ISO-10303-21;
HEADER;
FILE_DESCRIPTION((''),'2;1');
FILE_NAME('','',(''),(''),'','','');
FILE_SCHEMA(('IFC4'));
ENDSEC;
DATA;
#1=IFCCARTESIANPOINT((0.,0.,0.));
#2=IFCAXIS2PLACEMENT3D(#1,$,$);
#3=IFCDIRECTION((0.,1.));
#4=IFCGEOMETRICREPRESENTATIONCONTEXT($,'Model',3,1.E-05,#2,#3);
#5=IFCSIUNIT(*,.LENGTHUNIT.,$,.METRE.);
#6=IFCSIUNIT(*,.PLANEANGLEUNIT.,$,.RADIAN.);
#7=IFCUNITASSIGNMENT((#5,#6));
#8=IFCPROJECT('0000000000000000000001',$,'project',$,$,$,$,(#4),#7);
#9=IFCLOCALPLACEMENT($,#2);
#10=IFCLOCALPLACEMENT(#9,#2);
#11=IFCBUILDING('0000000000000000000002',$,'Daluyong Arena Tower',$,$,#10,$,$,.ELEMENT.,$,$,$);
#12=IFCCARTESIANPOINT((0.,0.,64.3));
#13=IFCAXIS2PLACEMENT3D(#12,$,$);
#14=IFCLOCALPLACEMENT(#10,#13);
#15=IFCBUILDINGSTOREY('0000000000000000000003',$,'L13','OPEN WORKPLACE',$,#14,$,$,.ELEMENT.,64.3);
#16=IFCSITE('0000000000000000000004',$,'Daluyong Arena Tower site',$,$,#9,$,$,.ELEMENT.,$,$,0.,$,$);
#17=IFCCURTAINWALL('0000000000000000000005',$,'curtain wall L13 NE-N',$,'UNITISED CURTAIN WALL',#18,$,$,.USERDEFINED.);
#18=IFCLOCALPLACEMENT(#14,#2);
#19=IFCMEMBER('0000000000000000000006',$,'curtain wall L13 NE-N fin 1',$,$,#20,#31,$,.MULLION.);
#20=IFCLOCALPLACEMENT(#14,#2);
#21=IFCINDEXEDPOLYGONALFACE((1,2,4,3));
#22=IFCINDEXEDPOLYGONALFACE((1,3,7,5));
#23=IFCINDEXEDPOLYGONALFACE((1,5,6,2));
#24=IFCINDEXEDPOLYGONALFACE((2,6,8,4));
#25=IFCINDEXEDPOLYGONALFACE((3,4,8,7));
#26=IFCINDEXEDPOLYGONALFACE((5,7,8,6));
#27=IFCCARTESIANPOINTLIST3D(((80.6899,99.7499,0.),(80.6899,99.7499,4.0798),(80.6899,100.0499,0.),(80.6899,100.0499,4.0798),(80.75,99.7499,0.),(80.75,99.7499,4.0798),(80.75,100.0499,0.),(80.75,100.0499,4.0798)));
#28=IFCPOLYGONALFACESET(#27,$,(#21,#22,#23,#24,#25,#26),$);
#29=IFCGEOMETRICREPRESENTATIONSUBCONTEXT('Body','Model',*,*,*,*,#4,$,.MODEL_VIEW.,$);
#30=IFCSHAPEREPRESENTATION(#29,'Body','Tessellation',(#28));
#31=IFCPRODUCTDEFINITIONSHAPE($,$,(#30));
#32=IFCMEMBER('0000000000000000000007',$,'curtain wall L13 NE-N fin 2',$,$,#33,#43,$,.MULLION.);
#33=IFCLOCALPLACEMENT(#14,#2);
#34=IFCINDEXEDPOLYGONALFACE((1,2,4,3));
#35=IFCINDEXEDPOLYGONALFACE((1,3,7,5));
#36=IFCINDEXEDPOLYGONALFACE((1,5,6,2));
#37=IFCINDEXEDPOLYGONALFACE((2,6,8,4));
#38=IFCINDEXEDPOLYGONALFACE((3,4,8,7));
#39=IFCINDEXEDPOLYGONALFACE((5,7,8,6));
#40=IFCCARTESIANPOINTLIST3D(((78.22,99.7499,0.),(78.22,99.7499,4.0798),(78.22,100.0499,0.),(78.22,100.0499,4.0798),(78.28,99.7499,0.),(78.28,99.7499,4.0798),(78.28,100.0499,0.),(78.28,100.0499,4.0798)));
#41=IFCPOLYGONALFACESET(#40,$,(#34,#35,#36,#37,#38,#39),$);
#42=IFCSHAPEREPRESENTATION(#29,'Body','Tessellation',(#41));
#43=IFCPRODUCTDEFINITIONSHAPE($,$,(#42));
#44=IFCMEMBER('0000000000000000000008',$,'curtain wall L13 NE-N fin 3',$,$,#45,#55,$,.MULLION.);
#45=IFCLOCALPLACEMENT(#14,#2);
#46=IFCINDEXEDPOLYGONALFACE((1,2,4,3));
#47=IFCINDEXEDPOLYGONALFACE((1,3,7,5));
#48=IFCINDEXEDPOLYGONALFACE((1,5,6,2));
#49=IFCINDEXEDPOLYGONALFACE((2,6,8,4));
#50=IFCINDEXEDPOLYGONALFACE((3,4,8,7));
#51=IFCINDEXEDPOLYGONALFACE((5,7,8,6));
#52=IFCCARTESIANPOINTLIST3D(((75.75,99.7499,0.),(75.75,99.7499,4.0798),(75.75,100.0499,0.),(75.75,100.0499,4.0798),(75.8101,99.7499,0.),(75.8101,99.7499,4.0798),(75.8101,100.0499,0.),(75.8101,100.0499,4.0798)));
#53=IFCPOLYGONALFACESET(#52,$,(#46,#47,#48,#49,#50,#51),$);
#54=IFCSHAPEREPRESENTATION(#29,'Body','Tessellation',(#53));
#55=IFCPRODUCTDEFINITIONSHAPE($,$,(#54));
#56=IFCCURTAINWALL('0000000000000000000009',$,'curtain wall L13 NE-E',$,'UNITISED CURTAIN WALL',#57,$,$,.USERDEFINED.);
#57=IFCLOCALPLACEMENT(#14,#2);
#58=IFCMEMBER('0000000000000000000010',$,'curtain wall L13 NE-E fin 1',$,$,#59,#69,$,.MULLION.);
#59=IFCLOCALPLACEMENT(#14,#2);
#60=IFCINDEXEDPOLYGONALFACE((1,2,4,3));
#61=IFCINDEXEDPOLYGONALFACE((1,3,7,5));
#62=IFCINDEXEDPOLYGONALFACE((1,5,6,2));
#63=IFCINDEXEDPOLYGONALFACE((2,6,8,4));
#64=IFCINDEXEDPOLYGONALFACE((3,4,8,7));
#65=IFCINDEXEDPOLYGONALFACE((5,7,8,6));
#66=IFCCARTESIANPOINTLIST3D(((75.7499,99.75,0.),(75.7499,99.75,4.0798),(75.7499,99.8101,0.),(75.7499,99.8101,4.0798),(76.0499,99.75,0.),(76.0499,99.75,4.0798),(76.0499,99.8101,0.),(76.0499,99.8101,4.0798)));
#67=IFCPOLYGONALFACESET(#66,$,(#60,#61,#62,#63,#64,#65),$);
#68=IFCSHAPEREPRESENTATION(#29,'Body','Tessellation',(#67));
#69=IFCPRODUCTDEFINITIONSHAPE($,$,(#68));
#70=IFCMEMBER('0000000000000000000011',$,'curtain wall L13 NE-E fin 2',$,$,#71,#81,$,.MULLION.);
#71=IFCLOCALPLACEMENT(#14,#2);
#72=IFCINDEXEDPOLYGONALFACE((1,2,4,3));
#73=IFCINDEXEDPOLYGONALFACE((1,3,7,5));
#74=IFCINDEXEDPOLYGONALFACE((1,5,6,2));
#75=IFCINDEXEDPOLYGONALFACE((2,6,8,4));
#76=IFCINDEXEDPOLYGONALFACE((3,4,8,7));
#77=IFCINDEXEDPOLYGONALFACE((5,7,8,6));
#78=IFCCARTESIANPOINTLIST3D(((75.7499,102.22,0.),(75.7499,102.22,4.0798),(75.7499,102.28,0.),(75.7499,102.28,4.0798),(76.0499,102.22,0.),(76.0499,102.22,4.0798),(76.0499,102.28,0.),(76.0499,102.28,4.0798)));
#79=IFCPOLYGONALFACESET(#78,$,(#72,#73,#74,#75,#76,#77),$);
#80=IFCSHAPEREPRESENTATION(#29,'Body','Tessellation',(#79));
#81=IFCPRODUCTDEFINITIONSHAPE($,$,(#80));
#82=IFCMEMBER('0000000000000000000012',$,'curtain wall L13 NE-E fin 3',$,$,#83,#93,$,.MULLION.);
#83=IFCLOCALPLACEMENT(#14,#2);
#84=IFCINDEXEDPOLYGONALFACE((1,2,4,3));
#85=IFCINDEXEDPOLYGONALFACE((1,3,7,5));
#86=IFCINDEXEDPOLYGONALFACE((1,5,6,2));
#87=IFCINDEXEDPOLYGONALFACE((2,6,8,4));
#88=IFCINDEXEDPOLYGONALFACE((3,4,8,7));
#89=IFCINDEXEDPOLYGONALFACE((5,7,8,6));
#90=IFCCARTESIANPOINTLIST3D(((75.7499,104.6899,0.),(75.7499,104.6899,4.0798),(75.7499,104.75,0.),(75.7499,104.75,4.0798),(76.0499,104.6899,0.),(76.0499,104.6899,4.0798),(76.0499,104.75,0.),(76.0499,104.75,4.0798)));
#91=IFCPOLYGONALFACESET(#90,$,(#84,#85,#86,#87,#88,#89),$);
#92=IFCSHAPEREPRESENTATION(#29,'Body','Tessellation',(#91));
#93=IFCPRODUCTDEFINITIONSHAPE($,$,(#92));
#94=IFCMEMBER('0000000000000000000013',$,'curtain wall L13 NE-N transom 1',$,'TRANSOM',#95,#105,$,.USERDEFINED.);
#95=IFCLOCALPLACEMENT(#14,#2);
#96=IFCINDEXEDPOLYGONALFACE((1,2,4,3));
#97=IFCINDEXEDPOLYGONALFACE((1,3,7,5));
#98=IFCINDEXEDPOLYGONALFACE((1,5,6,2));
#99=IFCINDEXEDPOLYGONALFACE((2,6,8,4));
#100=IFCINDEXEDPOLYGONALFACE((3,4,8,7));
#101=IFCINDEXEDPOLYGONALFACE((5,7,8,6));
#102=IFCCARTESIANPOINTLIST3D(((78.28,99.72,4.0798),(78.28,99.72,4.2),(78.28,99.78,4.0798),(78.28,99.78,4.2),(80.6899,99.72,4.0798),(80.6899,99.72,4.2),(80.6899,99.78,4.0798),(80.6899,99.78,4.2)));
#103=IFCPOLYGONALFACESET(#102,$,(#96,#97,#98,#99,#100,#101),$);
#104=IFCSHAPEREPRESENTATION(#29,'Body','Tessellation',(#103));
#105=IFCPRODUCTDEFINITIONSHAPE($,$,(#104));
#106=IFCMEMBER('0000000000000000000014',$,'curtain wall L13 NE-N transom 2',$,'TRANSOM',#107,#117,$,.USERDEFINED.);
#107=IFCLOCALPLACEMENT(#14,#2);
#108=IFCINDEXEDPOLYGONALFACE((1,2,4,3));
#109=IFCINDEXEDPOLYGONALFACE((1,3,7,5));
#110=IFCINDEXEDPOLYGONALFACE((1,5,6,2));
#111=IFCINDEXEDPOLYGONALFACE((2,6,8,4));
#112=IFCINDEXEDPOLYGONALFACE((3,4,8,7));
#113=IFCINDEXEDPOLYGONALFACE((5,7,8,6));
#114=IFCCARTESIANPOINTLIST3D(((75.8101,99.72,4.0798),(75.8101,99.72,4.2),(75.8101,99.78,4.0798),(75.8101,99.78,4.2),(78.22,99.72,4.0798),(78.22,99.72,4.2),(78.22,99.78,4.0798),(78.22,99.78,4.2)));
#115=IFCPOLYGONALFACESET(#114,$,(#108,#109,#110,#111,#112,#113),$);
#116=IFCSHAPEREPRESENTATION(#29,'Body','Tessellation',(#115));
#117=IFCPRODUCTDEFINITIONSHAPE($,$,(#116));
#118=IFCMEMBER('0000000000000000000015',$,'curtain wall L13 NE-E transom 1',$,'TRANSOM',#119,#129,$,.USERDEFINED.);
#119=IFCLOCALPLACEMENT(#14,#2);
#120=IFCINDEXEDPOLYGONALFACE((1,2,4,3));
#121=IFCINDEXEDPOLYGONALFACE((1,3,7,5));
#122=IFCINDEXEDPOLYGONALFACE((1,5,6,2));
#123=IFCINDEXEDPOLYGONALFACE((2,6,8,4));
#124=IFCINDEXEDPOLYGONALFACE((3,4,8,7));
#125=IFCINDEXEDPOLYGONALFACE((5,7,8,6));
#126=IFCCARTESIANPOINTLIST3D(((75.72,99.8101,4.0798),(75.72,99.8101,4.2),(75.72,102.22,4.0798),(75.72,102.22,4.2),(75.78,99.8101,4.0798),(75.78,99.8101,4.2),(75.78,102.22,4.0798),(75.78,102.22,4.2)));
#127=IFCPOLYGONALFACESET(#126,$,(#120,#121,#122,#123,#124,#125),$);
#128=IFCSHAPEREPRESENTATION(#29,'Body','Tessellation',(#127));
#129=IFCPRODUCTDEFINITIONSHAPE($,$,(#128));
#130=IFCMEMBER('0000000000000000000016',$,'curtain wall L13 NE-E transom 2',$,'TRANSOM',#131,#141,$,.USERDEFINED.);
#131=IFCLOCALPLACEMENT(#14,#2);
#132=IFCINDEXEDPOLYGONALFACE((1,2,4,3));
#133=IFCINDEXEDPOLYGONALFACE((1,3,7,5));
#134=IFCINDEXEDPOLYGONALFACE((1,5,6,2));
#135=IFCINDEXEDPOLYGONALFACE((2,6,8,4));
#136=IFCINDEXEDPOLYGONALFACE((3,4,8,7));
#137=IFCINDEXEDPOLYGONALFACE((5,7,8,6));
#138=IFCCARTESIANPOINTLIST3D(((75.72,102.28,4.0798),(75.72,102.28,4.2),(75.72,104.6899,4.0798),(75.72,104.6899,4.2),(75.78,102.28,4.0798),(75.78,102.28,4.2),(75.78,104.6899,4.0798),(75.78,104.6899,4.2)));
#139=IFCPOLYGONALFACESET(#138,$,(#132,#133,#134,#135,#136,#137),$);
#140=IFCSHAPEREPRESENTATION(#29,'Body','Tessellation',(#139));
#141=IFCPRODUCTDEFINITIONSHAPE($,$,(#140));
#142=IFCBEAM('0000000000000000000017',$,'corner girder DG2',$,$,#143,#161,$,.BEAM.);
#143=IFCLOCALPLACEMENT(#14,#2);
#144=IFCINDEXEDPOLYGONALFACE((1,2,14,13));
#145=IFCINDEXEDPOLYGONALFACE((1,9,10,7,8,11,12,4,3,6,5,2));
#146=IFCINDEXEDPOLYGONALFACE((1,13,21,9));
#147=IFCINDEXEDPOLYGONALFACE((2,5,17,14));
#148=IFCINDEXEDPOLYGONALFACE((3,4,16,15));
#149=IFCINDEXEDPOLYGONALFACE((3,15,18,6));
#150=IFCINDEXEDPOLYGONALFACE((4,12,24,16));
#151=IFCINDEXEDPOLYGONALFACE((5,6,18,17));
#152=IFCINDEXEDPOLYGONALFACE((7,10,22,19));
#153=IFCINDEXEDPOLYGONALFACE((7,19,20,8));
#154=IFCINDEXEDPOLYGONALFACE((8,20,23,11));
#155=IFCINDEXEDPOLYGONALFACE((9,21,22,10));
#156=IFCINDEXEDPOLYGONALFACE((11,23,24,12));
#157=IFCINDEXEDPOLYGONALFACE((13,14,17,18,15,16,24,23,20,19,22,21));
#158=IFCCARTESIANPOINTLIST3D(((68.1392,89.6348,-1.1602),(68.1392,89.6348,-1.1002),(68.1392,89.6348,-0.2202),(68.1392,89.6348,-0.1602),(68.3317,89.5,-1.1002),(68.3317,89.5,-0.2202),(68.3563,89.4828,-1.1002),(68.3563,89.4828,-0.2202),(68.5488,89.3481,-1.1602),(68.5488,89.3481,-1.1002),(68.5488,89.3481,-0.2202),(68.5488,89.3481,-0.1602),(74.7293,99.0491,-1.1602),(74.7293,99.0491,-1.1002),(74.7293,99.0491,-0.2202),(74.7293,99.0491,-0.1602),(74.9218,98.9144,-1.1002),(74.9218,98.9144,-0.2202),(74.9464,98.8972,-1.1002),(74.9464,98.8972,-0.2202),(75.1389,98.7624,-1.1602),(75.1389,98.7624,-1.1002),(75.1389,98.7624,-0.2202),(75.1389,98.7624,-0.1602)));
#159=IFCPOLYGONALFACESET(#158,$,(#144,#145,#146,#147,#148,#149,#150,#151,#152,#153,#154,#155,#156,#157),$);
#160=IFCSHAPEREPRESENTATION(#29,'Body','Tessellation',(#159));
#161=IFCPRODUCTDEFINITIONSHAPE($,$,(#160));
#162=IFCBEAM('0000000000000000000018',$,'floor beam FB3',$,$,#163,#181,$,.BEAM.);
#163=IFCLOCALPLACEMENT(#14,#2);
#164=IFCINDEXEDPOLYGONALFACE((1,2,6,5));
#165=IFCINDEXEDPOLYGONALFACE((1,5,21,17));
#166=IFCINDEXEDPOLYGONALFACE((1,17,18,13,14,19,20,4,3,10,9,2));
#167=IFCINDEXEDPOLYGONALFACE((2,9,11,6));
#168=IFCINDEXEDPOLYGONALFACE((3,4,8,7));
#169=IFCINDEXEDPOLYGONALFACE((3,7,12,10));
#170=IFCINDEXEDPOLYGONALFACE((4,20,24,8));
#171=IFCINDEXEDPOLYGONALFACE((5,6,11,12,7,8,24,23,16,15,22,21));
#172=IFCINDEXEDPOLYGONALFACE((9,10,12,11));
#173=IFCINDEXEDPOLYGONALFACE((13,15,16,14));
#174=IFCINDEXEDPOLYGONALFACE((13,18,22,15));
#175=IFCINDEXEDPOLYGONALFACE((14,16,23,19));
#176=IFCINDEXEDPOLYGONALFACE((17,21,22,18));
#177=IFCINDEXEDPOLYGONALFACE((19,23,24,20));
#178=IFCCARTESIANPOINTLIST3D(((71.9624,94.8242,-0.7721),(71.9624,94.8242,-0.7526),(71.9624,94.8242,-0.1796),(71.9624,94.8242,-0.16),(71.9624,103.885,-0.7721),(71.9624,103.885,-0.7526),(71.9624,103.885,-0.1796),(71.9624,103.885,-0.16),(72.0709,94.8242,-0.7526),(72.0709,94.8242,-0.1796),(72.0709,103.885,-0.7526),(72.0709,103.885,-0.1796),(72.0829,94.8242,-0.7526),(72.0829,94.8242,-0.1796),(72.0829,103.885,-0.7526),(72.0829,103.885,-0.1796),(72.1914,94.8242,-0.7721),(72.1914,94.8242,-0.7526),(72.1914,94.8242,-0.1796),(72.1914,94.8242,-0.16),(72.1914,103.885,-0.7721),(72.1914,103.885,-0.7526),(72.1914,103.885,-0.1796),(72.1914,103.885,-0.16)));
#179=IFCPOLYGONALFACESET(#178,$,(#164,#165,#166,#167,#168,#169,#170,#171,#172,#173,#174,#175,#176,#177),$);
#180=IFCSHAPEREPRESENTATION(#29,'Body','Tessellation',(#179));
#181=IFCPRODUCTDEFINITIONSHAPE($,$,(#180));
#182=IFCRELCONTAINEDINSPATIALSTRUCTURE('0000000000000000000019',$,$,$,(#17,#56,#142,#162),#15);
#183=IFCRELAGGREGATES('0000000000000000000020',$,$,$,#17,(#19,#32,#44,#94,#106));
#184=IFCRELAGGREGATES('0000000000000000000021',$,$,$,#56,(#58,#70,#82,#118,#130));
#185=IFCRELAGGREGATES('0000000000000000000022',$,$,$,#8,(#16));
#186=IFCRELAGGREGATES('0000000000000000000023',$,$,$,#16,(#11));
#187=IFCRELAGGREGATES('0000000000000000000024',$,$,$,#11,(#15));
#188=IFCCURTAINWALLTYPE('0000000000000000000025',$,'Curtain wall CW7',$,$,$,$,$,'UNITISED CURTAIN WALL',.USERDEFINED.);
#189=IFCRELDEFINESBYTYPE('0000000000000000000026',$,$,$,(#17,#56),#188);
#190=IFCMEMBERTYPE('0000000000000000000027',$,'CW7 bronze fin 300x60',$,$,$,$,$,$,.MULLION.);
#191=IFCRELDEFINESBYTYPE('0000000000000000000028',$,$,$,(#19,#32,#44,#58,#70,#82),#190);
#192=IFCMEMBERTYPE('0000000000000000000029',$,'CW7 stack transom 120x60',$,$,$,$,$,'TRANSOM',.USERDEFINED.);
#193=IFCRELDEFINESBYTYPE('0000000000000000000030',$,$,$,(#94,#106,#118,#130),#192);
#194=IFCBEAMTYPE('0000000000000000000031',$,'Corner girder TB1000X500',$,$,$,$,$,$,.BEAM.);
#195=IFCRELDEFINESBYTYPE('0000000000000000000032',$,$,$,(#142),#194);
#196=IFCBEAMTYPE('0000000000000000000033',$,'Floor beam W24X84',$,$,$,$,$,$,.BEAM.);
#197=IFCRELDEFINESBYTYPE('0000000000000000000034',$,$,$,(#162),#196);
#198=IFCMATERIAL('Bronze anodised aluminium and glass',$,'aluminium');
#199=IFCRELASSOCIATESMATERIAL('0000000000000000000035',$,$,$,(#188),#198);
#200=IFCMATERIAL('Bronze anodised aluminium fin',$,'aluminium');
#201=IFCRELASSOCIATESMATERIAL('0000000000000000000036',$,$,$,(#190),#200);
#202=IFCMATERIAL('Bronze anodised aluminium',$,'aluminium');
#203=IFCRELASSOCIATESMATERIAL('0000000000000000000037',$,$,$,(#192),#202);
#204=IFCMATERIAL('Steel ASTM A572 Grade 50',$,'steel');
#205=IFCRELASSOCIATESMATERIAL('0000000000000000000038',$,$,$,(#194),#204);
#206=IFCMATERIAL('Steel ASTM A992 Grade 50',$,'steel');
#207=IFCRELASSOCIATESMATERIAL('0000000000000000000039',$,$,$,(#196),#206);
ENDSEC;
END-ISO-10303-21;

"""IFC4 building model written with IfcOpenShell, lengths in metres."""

from ifc_helpers import new_model, si_unit, direction, frame, origin, origin_2d, place, context, subcontext, project, spatial, rectangle, i_section, extrude, material, material_profile, profile_set, type_object, element, aggregate, save


model = new_model("IFC4")

# Units and contexts
model_context = context("Model", 3, precision=1e-05, world=origin(), true_north=direction((0.0, 1.0)))
body_context = subcontext(model_context, "Body", "Model", "MODEL_VIEW")
ifc_project = project(units=[si_unit("LENGTHUNIT", "METRE"), si_unit("PLANEANGLEUNIT", "RADIAN")], contexts=[model_context])

# Site, building, storey
site_placement = place(None, origin())
site = spatial("IfcSite", under=ifc_project, at=site_placement, Name="Daluyong Arena Tower site", CompositionType="ELEMENT", RefElevation=0.0)
building_placement = place(site_placement, origin())
building = spatial("IfcBuilding", under=site, at=building_placement, Name="Daluyong Arena Tower", CompositionType="ELEMENT")
storey_placement = place(building_placement, frame((0.0, 0.0, 64.3)))
storey = spatial("IfcBuildingStorey", under=building, at=storey_placement, Name="L13", Description="OPEN WORKPLACE", CompositionType="ELEMENT", Elevation=64.3)

# Curtain walls, members
ifc_material_1 = material(Name="Bronze anodised aluminium and glass", Category="aluminium")
curtain_wall_type_1 = type_object("IfcCurtainWallType", Name="Curtain wall CW7", ElementType="UNITISED CURTAIN WALL", PredefinedType="USERDEFINED", material=ifc_material_1)
curtain_wall_1_placement = place(storey_placement, origin())
curtain_wall_1 = element("IfcCurtainWall", 1, at=curtain_wall_1_placement, inside=storey, type_object=curtain_wall_type_1, Name="curtain wall L13 NE-N", ObjectType="UNITISED CURTAIN WALL", PredefinedType="USERDEFINED")
ifc_material_2 = material(Name="Bronze anodised aluminium fin", Category="aluminium")
ifc_material_profile_1 = material_profile(ifc_material_2, rectangle(XDim=0.3, YDim=0.0601, at=origin_2d()))
ifc_profile_set_1 = profile_set([ifc_material_profile_1], Name="Bronze anodised aluminium fin")
member_type_1 = type_object("IfcMemberType", Name="CW7 bronze fin 300x60", PredefinedType="MULLION", material=ifc_profile_set_1)
member_1_placement = place(storey_placement, frame((80.72, 99.8999, 0.0), z_axis=(0.0, 0.0, 1.0), x_axis=(0.0, -1.0, 0.0)))
member_1 = element("IfcMember", 2, at=member_1_placement, type_object=member_type_1, Name="curtain wall L13 NE-N fin 1", PredefinedType="MULLION", context=body_context, shape_type="SweptSolid", body=[
    extrude(rectangle(XDim=0.3, YDim=0.0601, at=origin_2d()), origin(), (0.0, 0.0, 1.0), 4.0798),
])
member_2_placement = place(storey_placement, frame((78.25, 99.8999, 0.0), z_axis=(0.0, 0.0, 1.0), x_axis=(0.0, -1.0, 0.0)))
member_2 = element("IfcMember", 3, at=member_2_placement, type_object=member_type_1, Name="curtain wall L13 NE-N fin 2", PredefinedType="MULLION", context=body_context, shape_type="SweptSolid", body=[
    extrude(rectangle(XDim=0.3, YDim=0.0601, at=origin_2d()), origin(), (0.0, 0.0, 1.0), 4.0798),
])
member_3_placement = place(storey_placement, frame((75.78, 99.8999, 0.0), z_axis=(0.0, 0.0, 1.0), x_axis=(0.0, -1.0, 0.0)))
member_3 = element("IfcMember", 4, at=member_3_placement, type_object=member_type_1, Name="curtain wall L13 NE-N fin 3", PredefinedType="MULLION", context=body_context, shape_type="SweptSolid", body=[
    extrude(rectangle(XDim=0.3, YDim=0.0601, at=origin_2d()), origin(), (0.0, 0.0, 1.0), 4.0798),
])
curtain_wall_2_placement = place(storey_placement, origin())
curtain_wall_2 = element("IfcCurtainWall", 5, at=curtain_wall_2_placement, inside=storey, type_object=curtain_wall_type_1, Name="curtain wall L13 NE-E", ObjectType="UNITISED CURTAIN WALL", PredefinedType="USERDEFINED")
member_4_placement = place(storey_placement, frame((75.8999, 99.78, 0.0), z_axis=(0.0, 0.0, 1.0), x_axis=(-1.0, 0.0, 0.0)))
member_4 = element("IfcMember", 6, at=member_4_placement, type_object=member_type_1, Name="curtain wall L13 NE-E fin 1", PredefinedType="MULLION", context=body_context, shape_type="SweptSolid", body=[
    extrude(rectangle(XDim=0.3, YDim=0.0601, at=origin_2d()), origin(), (0.0, 0.0, 1.0), 4.0798),
])
member_5_placement = place(storey_placement, frame((75.8999, 102.25, 0.0), z_axis=(0.0, 0.0, 1.0), x_axis=(-1.0, 0.0, 0.0)))
member_5 = element("IfcMember", 7, at=member_5_placement, type_object=member_type_1, Name="curtain wall L13 NE-E fin 2", PredefinedType="MULLION", context=body_context, shape_type="SweptSolid", body=[
    extrude(rectangle(XDim=0.3, YDim=0.0601, at=origin_2d()), origin(), (0.0, 0.0, 1.0), 4.0798),
])
member_6_placement = place(storey_placement, frame((75.8999, 104.72, 0.0), z_axis=(0.0, 0.0, 1.0), x_axis=(-1.0, 0.0, 0.0)))
member_6 = element("IfcMember", 8, at=member_6_placement, type_object=member_type_1, Name="curtain wall L13 NE-E fin 3", PredefinedType="MULLION", context=body_context, shape_type="SweptSolid", body=[
    extrude(rectangle(XDim=0.3, YDim=0.0601, at=origin_2d()), origin(), (0.0, 0.0, 1.0), 4.0798),
])

# Members
ifc_material_3 = material(Name="Bronze anodised aluminium", Category="aluminium")
ifc_material_profile_2 = material_profile(ifc_material_3, rectangle(XDim=0.0601, YDim=0.1201, at=origin_2d()))
ifc_profile_set_2 = profile_set([ifc_material_profile_2], Name="Bronze anodised aluminium")
member_type_2 = type_object("IfcMemberType", Name="CW7 stack transom 120x60", ElementType="TRANSOM", PredefinedType="USERDEFINED", material=ifc_profile_set_2)
member_7_placement = place(storey_placement, frame((80.6899, 99.75, 4.1399), z_axis=(-1.0, 0.0, 0.0), x_axis=(0.0, -1.0, 0.0)))
member_7 = element("IfcMember", 9, at=member_7_placement, type_object=member_type_2, Name="curtain wall L13 NE-N transom 1", ObjectType="TRANSOM", PredefinedType="USERDEFINED", context=body_context, shape_type="SweptSolid", body=[
    extrude(rectangle(XDim=0.0601, YDim=0.1201, at=origin_2d()), origin(), (0.0, 0.0, 1.0), 2.4099),
])
member_8_placement = place(storey_placement, frame((78.22, 99.75, 4.1399), z_axis=(-1.0, 0.0, 0.0), x_axis=(0.0, -1.0, 0.0)))
member_8 = element("IfcMember", 10, at=member_8_placement, type_object=member_type_2, Name="curtain wall L13 NE-N transom 2", ObjectType="TRANSOM", PredefinedType="USERDEFINED", context=body_context, shape_type="SweptSolid", body=[
    extrude(rectangle(XDim=0.0601, YDim=0.1201, at=origin_2d()), origin(), (0.0, 0.0, 1.0), 2.4099),
])
member_9_placement = place(storey_placement, frame((75.75, 99.8101, 4.1399), z_axis=(0.0, 1.0, 0.0), x_axis=(-1.0, 0.0, 0.0)))
member_9 = element("IfcMember", 11, at=member_9_placement, type_object=member_type_2, Name="curtain wall L13 NE-E transom 1", ObjectType="TRANSOM", PredefinedType="USERDEFINED", context=body_context, shape_type="SweptSolid", body=[
    extrude(rectangle(XDim=0.0601, YDim=0.1201, at=origin_2d()), origin(), (0.0, 0.0, 1.0), 2.4099),
])
member_10_placement = place(storey_placement, frame((75.75, 102.28, 4.1399), z_axis=(0.0, 1.0, 0.0), x_axis=(-1.0, 0.0, 0.0)))
member_10 = element("IfcMember", 12, at=member_10_placement, type_object=member_type_2, Name="curtain wall L13 NE-E transom 2", ObjectType="TRANSOM", PredefinedType="USERDEFINED", context=body_context, shape_type="SweptSolid", body=[
    extrude(rectangle(XDim=0.0601, YDim=0.1201, at=origin_2d()), origin(), (0.0, 0.0, 1.0), 2.4099),
])

# Beams
ifc_material_4 = material(Name="Steel ASTM A572 Grade 50", Category="steel")
ifc_material_profile_3 = material_profile(ifc_material_4, i_section(OverallWidth=0.5, OverallDepth=1.0, WebThickness=0.03, FlangeThickness=0.06, at=origin_2d()))
ifc_profile_set_3 = profile_set([ifc_material_profile_3], Name="Steel ASTM A572 Grade 50")
beam_type_1 = type_object("IfcBeamType", Name="Corner girder TB1000X500", PredefinedType="BEAM", material=ifc_profile_set_3)
beam_1_placement = place(storey_placement, frame((74.9341, 98.9058, -0.6602), z_axis=(-0.573467, -0.819229, 0.0), x_axis=(0.819229, -0.573467, 0.0)))
element("IfcBeam", 13, at=beam_1_placement, inside=storey, type_object=beam_type_1, Name="corner girder DG2", PredefinedType="BEAM", context=body_context, shape_type="SweptSolid", body=[
    extrude(i_section(OverallWidth=0.5, OverallDepth=1.0, WebThickness=0.03, FlangeThickness=0.06, at=origin_2d()), origin(), (0.0, 0.0, 1.0), 11.4917),
])
ifc_material_5 = material(Name="Steel ASTM A992 Grade 50", Category="steel")
ifc_material_profile_4 = material_profile(ifc_material_5, i_section(OverallWidth=0.229, OverallDepth=0.6121, WebThickness=0.012, FlangeThickness=0.0195, at=origin_2d()))
ifc_profile_set_4 = profile_set([ifc_material_profile_4], Name="Steel ASTM A992 Grade 50")
beam_type_2 = type_object("IfcBeamType", Name="Floor beam W24X84", PredefinedType="BEAM", material=ifc_profile_set_4)
beam_2_placement = place(storey_placement, frame((72.0769, 103.885, -0.4661), z_axis=(0.0, -1.0, 0.0), x_axis=(1.0, 0.0, 0.0)))
element("IfcBeam", 14, at=beam_2_placement, inside=storey, type_object=beam_type_2, Name="floor beam FB3", PredefinedType="BEAM", context=body_context, shape_type="SweptSolid", body=[
    extrude(i_section(OverallWidth=0.229, OverallDepth=0.6121, WebThickness=0.012, FlangeThickness=0.0195, at=origin_2d()), origin(), (0.0, 0.0, 1.0), 9.0608),
])

aggregate(curtain_wall_1, [member_1, member_2, member_3, member_7, member_8])
aggregate(curtain_wall_2, [member_4, member_5, member_6, member_9, member_10])

save(model, "model.ifc")
